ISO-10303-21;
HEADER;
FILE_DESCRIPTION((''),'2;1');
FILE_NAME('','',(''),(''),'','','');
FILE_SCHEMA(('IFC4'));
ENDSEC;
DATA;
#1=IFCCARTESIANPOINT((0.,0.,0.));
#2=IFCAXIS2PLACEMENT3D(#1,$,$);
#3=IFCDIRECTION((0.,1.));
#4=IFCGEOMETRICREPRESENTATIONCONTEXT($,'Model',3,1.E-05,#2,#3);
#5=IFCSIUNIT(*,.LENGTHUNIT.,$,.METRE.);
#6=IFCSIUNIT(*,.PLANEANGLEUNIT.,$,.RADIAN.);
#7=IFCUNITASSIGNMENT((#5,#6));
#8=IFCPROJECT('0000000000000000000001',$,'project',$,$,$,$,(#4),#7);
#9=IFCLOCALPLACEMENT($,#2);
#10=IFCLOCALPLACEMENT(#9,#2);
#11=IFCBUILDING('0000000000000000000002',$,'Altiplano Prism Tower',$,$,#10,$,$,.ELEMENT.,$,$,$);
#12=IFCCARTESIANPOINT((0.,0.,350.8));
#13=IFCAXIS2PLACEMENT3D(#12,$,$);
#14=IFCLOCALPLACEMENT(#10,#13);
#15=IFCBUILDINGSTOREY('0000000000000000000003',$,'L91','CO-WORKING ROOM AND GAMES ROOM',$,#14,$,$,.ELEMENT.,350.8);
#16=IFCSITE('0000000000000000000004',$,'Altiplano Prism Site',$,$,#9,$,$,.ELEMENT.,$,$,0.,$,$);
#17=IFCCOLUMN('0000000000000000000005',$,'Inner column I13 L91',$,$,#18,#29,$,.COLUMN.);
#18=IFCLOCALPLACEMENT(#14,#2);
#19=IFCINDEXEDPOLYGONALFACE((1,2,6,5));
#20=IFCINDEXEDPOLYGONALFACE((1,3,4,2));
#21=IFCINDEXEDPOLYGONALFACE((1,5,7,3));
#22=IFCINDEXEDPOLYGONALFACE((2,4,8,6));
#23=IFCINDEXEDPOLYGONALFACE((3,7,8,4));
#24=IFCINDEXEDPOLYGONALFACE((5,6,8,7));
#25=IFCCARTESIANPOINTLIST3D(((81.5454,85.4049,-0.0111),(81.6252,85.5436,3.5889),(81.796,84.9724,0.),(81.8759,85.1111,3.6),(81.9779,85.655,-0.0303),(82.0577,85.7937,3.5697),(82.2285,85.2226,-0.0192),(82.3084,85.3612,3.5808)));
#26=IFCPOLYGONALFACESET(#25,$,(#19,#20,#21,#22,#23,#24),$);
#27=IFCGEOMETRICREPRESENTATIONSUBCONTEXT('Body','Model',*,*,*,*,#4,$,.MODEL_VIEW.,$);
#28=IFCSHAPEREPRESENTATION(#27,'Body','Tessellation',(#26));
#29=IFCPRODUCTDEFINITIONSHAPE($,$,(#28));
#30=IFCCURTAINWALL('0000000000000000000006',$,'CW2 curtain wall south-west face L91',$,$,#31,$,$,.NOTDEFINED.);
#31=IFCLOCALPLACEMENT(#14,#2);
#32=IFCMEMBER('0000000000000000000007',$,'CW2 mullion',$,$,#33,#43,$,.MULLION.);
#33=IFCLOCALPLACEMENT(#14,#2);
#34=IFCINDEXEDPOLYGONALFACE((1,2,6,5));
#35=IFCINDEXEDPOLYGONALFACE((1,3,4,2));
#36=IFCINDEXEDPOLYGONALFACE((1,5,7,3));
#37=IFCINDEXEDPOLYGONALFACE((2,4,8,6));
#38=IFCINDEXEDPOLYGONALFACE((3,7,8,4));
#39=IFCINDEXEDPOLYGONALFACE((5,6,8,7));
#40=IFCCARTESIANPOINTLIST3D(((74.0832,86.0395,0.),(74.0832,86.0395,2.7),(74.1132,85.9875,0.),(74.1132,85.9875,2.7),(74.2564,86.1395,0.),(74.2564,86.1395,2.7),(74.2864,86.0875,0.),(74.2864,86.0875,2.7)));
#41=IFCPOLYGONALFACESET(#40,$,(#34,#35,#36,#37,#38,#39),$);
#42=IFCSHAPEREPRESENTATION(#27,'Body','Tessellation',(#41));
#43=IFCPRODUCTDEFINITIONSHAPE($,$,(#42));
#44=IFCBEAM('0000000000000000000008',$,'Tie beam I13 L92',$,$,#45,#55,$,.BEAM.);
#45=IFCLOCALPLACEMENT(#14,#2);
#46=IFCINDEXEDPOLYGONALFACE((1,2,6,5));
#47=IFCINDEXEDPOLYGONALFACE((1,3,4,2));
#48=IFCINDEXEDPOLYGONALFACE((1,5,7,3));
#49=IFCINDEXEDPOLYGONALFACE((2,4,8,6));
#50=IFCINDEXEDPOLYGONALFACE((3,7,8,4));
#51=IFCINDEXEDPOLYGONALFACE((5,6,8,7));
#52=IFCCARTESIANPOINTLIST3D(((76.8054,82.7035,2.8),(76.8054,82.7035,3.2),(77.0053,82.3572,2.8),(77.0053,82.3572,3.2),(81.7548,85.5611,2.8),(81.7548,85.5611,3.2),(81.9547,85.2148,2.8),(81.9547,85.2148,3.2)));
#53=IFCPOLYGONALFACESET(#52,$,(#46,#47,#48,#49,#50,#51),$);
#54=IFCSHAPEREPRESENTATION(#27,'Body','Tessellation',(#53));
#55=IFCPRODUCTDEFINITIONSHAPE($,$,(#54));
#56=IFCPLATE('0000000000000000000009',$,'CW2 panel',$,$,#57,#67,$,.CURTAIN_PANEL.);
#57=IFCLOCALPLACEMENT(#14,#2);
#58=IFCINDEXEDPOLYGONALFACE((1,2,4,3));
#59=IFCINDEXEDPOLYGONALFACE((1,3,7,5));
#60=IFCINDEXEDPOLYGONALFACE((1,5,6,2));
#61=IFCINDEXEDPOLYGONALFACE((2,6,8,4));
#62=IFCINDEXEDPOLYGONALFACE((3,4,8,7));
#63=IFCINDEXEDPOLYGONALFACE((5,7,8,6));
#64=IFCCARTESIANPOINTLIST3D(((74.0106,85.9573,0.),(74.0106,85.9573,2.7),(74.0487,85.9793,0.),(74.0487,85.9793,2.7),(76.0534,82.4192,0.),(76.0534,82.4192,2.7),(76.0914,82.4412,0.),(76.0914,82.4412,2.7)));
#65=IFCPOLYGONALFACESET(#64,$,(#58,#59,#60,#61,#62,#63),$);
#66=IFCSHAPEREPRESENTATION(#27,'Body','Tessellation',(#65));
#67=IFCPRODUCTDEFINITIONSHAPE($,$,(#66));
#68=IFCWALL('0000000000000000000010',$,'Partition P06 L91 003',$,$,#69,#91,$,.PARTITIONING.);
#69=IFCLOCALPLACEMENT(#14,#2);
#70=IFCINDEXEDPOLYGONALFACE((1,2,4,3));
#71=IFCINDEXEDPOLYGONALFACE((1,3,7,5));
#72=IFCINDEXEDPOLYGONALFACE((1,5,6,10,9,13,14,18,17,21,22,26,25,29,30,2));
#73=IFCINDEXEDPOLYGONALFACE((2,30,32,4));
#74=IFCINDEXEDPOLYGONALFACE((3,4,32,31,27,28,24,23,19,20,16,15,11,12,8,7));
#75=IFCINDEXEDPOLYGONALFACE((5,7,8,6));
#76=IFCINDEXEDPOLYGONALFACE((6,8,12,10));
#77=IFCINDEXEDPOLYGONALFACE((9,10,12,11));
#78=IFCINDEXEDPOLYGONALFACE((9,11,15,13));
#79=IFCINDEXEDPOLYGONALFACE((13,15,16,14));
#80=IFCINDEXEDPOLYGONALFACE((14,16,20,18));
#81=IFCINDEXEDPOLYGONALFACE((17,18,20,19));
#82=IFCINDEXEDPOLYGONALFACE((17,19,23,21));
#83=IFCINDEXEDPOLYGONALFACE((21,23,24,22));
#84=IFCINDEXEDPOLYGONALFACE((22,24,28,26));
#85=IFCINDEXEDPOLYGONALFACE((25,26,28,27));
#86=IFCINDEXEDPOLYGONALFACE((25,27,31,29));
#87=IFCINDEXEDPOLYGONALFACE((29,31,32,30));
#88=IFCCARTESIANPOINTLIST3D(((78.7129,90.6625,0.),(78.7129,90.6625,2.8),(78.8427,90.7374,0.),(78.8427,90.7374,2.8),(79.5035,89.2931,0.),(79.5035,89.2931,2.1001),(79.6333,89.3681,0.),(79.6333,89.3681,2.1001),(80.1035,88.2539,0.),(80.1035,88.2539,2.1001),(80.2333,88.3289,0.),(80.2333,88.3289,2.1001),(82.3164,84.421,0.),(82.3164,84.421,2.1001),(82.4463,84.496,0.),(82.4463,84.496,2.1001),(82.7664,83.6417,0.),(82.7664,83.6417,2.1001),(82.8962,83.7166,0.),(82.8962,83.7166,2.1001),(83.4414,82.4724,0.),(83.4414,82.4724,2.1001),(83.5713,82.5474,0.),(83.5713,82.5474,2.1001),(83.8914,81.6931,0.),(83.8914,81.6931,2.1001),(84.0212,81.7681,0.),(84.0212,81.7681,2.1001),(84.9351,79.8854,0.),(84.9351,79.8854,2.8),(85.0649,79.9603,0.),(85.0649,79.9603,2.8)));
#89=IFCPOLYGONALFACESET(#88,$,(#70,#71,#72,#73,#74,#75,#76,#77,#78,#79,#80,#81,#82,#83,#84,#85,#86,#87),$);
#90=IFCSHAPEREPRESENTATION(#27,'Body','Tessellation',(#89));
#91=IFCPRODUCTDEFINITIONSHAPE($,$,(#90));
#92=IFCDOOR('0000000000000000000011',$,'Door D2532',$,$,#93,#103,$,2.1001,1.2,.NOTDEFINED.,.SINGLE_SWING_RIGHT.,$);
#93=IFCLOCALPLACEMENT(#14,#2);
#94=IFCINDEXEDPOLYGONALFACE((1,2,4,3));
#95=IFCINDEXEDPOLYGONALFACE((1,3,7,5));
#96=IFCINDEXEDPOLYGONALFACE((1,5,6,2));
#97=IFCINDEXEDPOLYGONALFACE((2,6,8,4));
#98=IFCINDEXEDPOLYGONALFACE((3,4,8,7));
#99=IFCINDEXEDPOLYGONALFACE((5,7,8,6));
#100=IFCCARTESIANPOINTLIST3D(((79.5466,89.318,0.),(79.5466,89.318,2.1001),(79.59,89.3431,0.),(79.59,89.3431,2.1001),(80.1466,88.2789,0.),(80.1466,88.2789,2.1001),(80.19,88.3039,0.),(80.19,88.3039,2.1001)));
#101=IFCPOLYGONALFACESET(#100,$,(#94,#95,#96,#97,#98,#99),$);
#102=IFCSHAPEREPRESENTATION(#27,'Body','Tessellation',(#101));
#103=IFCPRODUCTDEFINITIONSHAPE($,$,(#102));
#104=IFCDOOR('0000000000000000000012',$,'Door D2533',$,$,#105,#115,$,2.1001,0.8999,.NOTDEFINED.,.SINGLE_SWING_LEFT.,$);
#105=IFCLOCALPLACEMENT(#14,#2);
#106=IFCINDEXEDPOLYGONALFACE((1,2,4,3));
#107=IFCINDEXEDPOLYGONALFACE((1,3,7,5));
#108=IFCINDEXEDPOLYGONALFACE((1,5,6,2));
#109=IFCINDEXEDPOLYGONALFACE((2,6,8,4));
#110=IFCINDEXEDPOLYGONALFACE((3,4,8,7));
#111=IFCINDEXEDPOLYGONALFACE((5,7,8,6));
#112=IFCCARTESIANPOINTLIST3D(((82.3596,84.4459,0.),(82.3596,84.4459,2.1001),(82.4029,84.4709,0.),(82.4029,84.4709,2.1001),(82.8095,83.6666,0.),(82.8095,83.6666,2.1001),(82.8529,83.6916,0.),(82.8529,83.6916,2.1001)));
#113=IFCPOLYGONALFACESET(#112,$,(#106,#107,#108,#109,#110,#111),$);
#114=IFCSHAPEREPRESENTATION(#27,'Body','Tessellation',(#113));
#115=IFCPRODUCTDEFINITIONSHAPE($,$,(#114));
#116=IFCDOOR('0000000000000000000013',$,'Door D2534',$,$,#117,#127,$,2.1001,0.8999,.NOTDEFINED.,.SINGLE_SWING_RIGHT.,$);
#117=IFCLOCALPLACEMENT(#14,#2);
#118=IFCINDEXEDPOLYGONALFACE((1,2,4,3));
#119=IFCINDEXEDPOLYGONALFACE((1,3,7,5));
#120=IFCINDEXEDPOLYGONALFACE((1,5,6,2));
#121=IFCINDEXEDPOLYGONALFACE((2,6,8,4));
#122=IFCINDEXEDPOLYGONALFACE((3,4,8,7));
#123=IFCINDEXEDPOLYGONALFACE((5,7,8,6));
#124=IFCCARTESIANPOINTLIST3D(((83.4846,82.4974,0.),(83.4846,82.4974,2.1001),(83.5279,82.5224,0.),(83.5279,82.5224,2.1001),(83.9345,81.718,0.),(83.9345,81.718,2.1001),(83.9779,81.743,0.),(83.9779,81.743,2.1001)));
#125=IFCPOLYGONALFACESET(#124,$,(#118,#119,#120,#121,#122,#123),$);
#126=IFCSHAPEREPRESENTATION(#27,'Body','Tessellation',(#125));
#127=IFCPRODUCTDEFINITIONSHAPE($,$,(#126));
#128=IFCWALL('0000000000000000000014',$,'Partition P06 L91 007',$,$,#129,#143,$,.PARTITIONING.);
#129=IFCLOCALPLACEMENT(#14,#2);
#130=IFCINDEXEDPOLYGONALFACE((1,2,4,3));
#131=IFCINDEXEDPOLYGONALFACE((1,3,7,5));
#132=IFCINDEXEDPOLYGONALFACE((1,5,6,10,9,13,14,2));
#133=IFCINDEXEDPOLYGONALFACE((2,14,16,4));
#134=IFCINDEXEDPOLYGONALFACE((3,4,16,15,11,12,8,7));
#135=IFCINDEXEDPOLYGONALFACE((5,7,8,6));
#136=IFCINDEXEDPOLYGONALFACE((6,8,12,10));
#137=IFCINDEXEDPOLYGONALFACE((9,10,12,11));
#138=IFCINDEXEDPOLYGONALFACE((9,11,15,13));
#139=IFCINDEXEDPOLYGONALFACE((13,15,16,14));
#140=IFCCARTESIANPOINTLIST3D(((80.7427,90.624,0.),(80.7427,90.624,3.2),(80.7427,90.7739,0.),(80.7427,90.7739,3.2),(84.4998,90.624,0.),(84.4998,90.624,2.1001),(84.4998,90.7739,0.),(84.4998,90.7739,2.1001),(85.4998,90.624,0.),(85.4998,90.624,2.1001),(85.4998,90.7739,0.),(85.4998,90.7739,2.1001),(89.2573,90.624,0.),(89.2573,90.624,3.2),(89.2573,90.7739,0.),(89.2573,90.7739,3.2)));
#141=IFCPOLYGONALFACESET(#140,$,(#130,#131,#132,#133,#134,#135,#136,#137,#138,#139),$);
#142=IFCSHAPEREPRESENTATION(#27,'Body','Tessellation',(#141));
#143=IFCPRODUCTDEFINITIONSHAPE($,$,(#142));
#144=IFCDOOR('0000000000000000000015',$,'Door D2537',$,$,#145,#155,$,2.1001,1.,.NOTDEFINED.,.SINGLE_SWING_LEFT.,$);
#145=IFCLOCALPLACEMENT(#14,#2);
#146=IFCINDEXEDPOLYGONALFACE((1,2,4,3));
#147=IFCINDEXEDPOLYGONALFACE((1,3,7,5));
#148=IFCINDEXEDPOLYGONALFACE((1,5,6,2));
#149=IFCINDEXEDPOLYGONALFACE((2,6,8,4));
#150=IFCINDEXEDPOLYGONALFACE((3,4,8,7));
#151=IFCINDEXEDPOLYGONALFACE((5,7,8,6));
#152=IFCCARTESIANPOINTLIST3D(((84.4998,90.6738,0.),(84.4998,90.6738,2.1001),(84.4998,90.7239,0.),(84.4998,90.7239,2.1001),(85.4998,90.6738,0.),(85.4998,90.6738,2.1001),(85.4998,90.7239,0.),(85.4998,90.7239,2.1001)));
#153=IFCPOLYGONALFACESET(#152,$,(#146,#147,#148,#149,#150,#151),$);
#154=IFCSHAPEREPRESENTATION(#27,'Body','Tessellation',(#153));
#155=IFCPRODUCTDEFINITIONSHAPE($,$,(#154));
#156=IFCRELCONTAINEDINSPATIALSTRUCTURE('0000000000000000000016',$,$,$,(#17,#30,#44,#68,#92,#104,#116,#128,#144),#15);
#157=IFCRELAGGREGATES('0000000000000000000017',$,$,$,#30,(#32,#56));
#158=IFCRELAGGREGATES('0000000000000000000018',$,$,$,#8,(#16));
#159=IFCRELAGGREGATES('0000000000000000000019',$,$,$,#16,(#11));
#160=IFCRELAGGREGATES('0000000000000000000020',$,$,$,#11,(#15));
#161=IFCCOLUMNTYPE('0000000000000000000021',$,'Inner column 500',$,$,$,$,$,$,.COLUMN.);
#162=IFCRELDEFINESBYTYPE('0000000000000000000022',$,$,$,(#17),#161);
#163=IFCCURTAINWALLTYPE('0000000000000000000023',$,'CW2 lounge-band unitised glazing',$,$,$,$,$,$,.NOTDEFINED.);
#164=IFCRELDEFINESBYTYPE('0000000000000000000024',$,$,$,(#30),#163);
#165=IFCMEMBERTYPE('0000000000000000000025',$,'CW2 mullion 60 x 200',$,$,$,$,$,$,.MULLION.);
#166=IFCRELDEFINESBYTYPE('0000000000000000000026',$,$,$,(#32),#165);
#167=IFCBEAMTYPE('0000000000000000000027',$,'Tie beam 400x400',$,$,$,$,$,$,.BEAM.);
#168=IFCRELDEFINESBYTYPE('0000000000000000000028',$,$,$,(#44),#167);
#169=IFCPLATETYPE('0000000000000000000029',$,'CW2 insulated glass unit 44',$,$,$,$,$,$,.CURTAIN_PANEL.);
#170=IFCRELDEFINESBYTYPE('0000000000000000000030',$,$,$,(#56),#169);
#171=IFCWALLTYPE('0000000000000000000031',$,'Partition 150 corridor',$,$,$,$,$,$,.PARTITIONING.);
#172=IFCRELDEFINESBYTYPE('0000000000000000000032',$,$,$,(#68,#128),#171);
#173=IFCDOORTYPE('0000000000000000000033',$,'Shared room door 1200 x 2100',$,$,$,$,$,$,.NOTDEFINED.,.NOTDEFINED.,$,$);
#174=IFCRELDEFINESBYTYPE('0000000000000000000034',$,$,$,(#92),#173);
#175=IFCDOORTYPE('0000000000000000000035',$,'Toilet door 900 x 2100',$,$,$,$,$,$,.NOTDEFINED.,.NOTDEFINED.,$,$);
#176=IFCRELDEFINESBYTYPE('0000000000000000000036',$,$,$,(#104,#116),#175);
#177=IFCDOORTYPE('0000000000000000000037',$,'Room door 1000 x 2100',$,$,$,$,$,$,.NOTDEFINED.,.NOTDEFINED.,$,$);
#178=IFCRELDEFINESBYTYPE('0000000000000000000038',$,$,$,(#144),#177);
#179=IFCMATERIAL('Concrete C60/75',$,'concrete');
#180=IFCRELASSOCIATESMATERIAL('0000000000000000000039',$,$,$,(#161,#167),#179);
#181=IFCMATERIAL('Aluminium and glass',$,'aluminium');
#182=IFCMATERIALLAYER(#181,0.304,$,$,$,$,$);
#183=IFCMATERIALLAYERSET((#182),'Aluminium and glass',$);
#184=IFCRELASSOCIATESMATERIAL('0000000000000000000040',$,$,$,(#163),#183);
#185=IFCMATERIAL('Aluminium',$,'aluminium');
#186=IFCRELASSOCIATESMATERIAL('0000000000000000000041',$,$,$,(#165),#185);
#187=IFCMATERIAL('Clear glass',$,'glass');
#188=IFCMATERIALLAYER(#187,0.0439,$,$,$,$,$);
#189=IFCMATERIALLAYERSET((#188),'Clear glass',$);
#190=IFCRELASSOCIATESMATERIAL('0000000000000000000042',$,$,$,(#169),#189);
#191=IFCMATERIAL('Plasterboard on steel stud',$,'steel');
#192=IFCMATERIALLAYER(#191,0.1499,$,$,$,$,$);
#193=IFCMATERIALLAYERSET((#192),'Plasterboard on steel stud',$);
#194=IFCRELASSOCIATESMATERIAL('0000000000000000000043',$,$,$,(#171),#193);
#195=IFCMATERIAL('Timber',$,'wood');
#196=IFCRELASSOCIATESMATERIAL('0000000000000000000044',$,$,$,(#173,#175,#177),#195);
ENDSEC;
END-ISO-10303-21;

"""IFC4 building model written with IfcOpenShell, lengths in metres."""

from ifc_helpers import new_model, si_unit, direction, frame, frame_2d, origin, origin_2d, place, context, subcontext, project, spatial, rectangle, extrude, material, layer, layer_set, material_profile, profile_set, type_object, element, fill, aggregate, save


model = new_model("IFC4")

# Units and contexts
model_context = context("Model", 3, precision=1e-05, world=origin(), true_north=direction((0.0, 1.0)))
body_context = subcontext(model_context, "Body", "Model", "MODEL_VIEW")
ifc_project = project(units=[si_unit("LENGTHUNIT", "METRE"), si_unit("PLANEANGLEUNIT", "RADIAN")], contexts=[model_context])

# Site, building, storey
site_placement = place(None, origin())
site = spatial("IfcSite", under=ifc_project, at=site_placement, Name="Altiplano Prism Site", CompositionType="ELEMENT", RefElevation=0.0)
building_placement = place(site_placement, origin())
building = spatial("IfcBuilding", under=site, at=building_placement, Name="Altiplano Prism Tower", CompositionType="ELEMENT")
storey_placement = place(building_placement, frame((0.0, 0.0, 350.8)))
storey = spatial("IfcBuildingStorey", under=building, at=storey_placement, Name="L91", Description="CO-WORKING ROOM AND GAMES ROOM", CompositionType="ELEMENT", Elevation=350.8)

# Column
ifc_material_1 = material(Name="Concrete C60/75", Category="concrete")
ifc_material_profile_1 = material_profile(ifc_material_1, rectangle(XDim=0.5, YDim=0.5, at=origin_2d()), Name="Inner column 500")
ifc_profile_set_1 = profile_set([ifc_material_profile_1], Name="Concrete C60/75")
column_type = type_object("IfcColumnType", Name="Inner column 500", PredefinedType="COLUMN", material=ifc_profile_set_1)
column_placement = place(storey_placement, frame((81.887, 85.3137, -0.0151), z_axis=(0.022155, 0.038484, 0.999014), x_axis=(-0.86498, -0.500331, 0.038456)))
element("IfcColumn", 1, at=column_placement, inside=storey, type_object=column_type, Name="Inner column I13 L91", PredefinedType="COLUMN", context=body_context, shape_type="SweptSolid", body=[
    extrude(rectangle(XDim=0.5, YDim=0.5, at=origin_2d()), origin(), (0.0, 0.0, 1.0), 3.6035),
])

# Curtain wall, member
ifc_material_2 = material(Name="Aluminium and glass", Category="aluminium")
ifc_layer_1 = layer(ifc_material_2, 0.304)
ifc_layer_set_1 = layer_set([ifc_layer_1], Name="Aluminium and glass")
curtain_wall_type = type_object("IfcCurtainWallType", Name="CW2 lounge-band unitised glazing", PredefinedType="NOTDEFINED", material=ifc_layer_set_1)
curtain_wall_placement = place(storey_placement, origin())
curtain_wall = element("IfcCurtainWall", 2, at=curtain_wall_placement, inside=storey, type_object=curtain_wall_type, Name="CW2 curtain wall south-west face L91", PredefinedType="NOTDEFINED")
ifc_material_3 = material(Name="Aluminium", Category="aluminium")
ifc_material_profile_2 = material_profile(ifc_material_3, rectangle(XDim=0.2, YDim=0.0601, at=origin_2d()), Name="CW2 mullion 60 x 200")
ifc_profile_set_2 = profile_set([ifc_material_profile_2], Name="Aluminium")
member_type = type_object("IfcMemberType", Name="CW2 mullion 60 x 200", PredefinedType="MULLION", material=ifc_profile_set_2)
member_placement = place(storey_placement, frame((74.1848, 86.0635, 0.0), z_axis=(0.0, 0.0, 1.0), x_axis=(0.866025, 0.5, 0.0)))
member = element("IfcMember", 3, at=member_placement, type_object=member_type, Name="CW2 mullion", PredefinedType="MULLION", context=body_context, shape_type="SweptSolid", body=[
    extrude(rectangle(XDim=0.2, YDim=0.0601, at=origin_2d()), origin(), (0.0, 0.0, 1.0), 2.7),
])

# Beam
ifc_material_profile_3 = material_profile(ifc_material_1, rectangle(XDim=0.3999, YDim=0.3999, at=origin_2d()), Name="Tie beam 400x400")
ifc_profile_set_3 = profile_set([ifc_material_profile_3], Name="Concrete C60/75")
beam_type = type_object("IfcBeamType", Name="Tie beam 400x400", PredefinedType="BEAM", material=ifc_profile_set_3)
beam_placement = place(storey_placement, frame((81.8547, 85.3879, 3.0), z_axis=(-0.866018, -0.500012, 0.0), x_axis=(0.500012, -0.866018, 0.0)))
element("IfcBeam", 4, at=beam_placement, inside=storey, type_object=beam_type, Name="Tie beam I13 L92", PredefinedType="BEAM", context=body_context, shape_type="SweptSolid", body=[
    extrude(rectangle(XDim=0.3999, YDim=0.3999, at=origin_2d()), origin(), (0.0, 0.0, 1.0), 5.7151),
])

# Plate
ifc_material_4 = material(Name="Clear glass", Category="glass")
ifc_layer_2 = layer(ifc_material_4, 0.0439)
ifc_layer_set_2 = layer_set([ifc_layer_2], Name="Clear glass")
plate_type = type_object("IfcPlateType", Name="CW2 insulated glass unit 44", PredefinedType="CURTAIN_PANEL", material=ifc_layer_set_2)
plate_placement = place(storey_placement, frame((75.051, 84.1992, 0.0), z_axis=(0.0, 0.0, 1.0), x_axis=(0.5, -0.866025, 0.0)))
plate = element("IfcPlate", 5, at=plate_placement, type_object=plate_type, Name="CW2 panel", PredefinedType="CURTAIN_PANEL", context=body_context, shape_type="SweptSolid", body=[
    extrude(rectangle(XDim=4.0854, YDim=0.0439, at=origin_2d()), origin(), (0.0, 0.0, 1.0), 2.7),
])
aggregate(curtain_wall, [member, plate])

# Wall, openings, doors
ifc_material_5 = material(Name="Plasterboard on steel stud", Category="steel")
ifc_layer_3 = layer(ifc_material_5, 0.1499)
ifc_layer_set_3 = layer_set([ifc_layer_3], Name="Plasterboard on steel stud")
wall_type_1 = type_object("IfcWallType", Name="Partition 150 corridor", PredefinedType="PARTITIONING", material=ifc_layer_set_3)
wall_1_placement = place(storey_placement, frame((78.7778, 90.7, 0.0), z_axis=(0.0, 0.0, 1.0), x_axis=(0.5, -0.866025, 0.0)))
wall_1 = element("IfcWall", 6, at=wall_1_placement, inside=storey, type_object=wall_type_1, Name="Partition P06 L91 003", PredefinedType="PARTITIONING", context=body_context, shape_type="SweptSolid", body=[
    extrude(rectangle(XDim=12.4443, YDim=0.1499, at=frame_2d((6.2222, 0.0))), origin(), (0.0, 0.0, 1.0), 2.8),
])
opening_1_placement = place(wall_1_placement, frame((1.5811, 0.0, 0.0)))
opening_1 = element("IfcOpeningElement", 7, at=opening_1_placement, cuts=wall_1, PredefinedType="OPENING", context=body_context, shape_type="SweptSolid", body=[
    extrude(rectangle(XDim=1.2, YDim=2.1001, at=frame_2d((0.6001, 1.05))), frame((0.0, 0.0854, 0.0), z_axis=(0.0, -1.0, 0.0), x_axis=(1.0, 0.0, 0.0)), (0.0, 0.0, 1.0), 0.1709),
])
opening_2_placement = place(wall_1_placement, frame((7.207, 0.0, 0.0)))
opening_2 = element("IfcOpeningElement", 8, at=opening_2_placement, cuts=wall_1, PredefinedType="OPENING", context=body_context, shape_type="SweptSolid", body=[
    extrude(rectangle(XDim=0.8999, YDim=2.1001, at=frame_2d((0.45, 1.05))), frame((0.0, 0.0854, 0.0), z_axis=(0.0, -1.0, 0.0), x_axis=(1.0, 0.0, 0.0)), (0.0, 0.0, 1.0), 0.1709),
])
opening_3_placement = place(wall_1_placement, frame((9.457, 0.0, 0.0)))
opening_3 = element("IfcOpeningElement", 9, at=opening_3_placement, cuts=wall_1, PredefinedType="OPENING", context=body_context, shape_type="SweptSolid", body=[
    extrude(rectangle(XDim=0.8999, YDim=2.1001, at=frame_2d((0.45, 1.05))), frame((0.0, 0.0854, 0.0), z_axis=(0.0, -1.0, 0.0), x_axis=(1.0, 0.0, 0.0)), (0.0, 0.0, 1.0), 0.1709),
])
ifc_material_6 = material(Name="Timber", Category="wood")
door_type_1 = type_object("IfcDoorType", Name="Shared room door 1200 x 2100", OperationType="NOTDEFINED", PredefinedType="NOTDEFINED", material=ifc_material_6)
door_1_placement = place(opening_1_placement, origin())
door_1 = element("IfcDoor", 10, at=door_1_placement, inside=storey, type_object=door_type_1, Name="Door D2532", OperationType="SINGLE_SWING_RIGHT", OverallHeight=2.1001, OverallWidth=1.2, PredefinedType="NOTDEFINED", context=body_context, shape_type="SweptSolid", body=[
    extrude(rectangle(XDim=1.2, YDim=2.1001, at=frame_2d((0.6001, 1.05))), frame((0.0, 0.0249, 0.0), z_axis=(0.0, -1.0, 0.0), x_axis=(1.0, 0.0, 0.0)), (0.0, 0.0, 1.0), 0.05),
])
fill(opening_1, door_1)
door_type_2 = type_object("IfcDoorType", Name="Toilet door 900 x 2100", OperationType="NOTDEFINED", PredefinedType="NOTDEFINED", material=ifc_material_6)
door_2_placement = place(opening_2_placement, origin())
door_2 = element("IfcDoor", 11, at=door_2_placement, inside=storey, type_object=door_type_2, Name="Door D2533", OperationType="SINGLE_SWING_LEFT", OverallHeight=2.1001, OverallWidth=0.8999, PredefinedType="NOTDEFINED", context=body_context, shape_type="SweptSolid", body=[
    extrude(rectangle(XDim=0.8999, YDim=2.1001, at=frame_2d((0.45, 1.05))), frame((0.0, 0.0249, 0.0), z_axis=(0.0, -1.0, 0.0), x_axis=(1.0, 0.0, 0.0)), (0.0, 0.0, 1.0), 0.05),
])
fill(opening_2, door_2)
door_3_placement = place(opening_3_placement, origin())
door_3 = element("IfcDoor", 12, at=door_3_placement, inside=storey, type_object=door_type_2, Name="Door D2534", OperationType="SINGLE_SWING_RIGHT", OverallHeight=2.1001, OverallWidth=0.8999, PredefinedType="NOTDEFINED", context=body_context, shape_type="SweptSolid", body=[
    extrude(rectangle(XDim=0.8999, YDim=2.1001, at=frame_2d((0.45, 1.05))), frame((0.0, 0.0249, 0.0), z_axis=(0.0, -1.0, 0.0), x_axis=(1.0, 0.0, 0.0)), (0.0, 0.0, 1.0), 0.05),
])
fill(opening_3, door_3)

# Wall, opening, door
wall_2_placement = place(storey_placement, frame((80.7427, 90.699, 0.0), z_axis=(0.0, 0.0, 1.0), x_axis=(1.0, 0.0, 0.0)))
wall_2 = element("IfcWall", 13, at=wall_2_placement, inside=storey, type_object=wall_type_1, Name="Partition P06 L91 007", PredefinedType="PARTITIONING", context=body_context, shape_type="SweptSolid", body=[
    extrude(rectangle(XDim=8.5146, YDim=0.1499, at=frame_2d((4.2573, 0.0))), origin(), (0.0, 0.0, 1.0), 3.2),
])
opening_4_placement = place(wall_2_placement, frame((3.7571, 0.0, 0.0)))
opening_4 = element("IfcOpeningElement", 14, at=opening_4_placement, cuts=wall_2, PredefinedType="OPENING", context=body_context, shape_type="SweptSolid", body=[
    extrude(rectangle(XDim=1.0, YDim=2.1001, at=frame_2d((0.5, 1.05))), frame((0.0, 0.0854, 0.0), z_axis=(0.0, -1.0, 0.0), x_axis=(1.0, 0.0, 0.0)), (0.0, 0.0, 1.0), 0.1709),
])
door_type_3 = type_object("IfcDoorType", Name="Room door 1000 x 2100", OperationType="NOTDEFINED", PredefinedType="NOTDEFINED", material=ifc_material_6)
door_4_placement = place(opening_4_placement, origin())
door_4 = element("IfcDoor", 15, at=door_4_placement, inside=storey, type_object=door_type_3, Name="Door D2537", OperationType="SINGLE_SWING_LEFT", OverallHeight=2.1001, OverallWidth=1.0, PredefinedType="NOTDEFINED", context=body_context, shape_type="SweptSolid", body=[
    extrude(rectangle(XDim=1.0, YDim=2.1001, at=frame_2d((0.5, 1.05))), frame((0.0, 0.0249, 0.0), z_axis=(0.0, -1.0, 0.0), x_axis=(1.0, 0.0, 0.0)), (0.0, 0.0, 1.0), 0.05),
])
fill(opening_4, door_4)

save(model, "model.ifc")
